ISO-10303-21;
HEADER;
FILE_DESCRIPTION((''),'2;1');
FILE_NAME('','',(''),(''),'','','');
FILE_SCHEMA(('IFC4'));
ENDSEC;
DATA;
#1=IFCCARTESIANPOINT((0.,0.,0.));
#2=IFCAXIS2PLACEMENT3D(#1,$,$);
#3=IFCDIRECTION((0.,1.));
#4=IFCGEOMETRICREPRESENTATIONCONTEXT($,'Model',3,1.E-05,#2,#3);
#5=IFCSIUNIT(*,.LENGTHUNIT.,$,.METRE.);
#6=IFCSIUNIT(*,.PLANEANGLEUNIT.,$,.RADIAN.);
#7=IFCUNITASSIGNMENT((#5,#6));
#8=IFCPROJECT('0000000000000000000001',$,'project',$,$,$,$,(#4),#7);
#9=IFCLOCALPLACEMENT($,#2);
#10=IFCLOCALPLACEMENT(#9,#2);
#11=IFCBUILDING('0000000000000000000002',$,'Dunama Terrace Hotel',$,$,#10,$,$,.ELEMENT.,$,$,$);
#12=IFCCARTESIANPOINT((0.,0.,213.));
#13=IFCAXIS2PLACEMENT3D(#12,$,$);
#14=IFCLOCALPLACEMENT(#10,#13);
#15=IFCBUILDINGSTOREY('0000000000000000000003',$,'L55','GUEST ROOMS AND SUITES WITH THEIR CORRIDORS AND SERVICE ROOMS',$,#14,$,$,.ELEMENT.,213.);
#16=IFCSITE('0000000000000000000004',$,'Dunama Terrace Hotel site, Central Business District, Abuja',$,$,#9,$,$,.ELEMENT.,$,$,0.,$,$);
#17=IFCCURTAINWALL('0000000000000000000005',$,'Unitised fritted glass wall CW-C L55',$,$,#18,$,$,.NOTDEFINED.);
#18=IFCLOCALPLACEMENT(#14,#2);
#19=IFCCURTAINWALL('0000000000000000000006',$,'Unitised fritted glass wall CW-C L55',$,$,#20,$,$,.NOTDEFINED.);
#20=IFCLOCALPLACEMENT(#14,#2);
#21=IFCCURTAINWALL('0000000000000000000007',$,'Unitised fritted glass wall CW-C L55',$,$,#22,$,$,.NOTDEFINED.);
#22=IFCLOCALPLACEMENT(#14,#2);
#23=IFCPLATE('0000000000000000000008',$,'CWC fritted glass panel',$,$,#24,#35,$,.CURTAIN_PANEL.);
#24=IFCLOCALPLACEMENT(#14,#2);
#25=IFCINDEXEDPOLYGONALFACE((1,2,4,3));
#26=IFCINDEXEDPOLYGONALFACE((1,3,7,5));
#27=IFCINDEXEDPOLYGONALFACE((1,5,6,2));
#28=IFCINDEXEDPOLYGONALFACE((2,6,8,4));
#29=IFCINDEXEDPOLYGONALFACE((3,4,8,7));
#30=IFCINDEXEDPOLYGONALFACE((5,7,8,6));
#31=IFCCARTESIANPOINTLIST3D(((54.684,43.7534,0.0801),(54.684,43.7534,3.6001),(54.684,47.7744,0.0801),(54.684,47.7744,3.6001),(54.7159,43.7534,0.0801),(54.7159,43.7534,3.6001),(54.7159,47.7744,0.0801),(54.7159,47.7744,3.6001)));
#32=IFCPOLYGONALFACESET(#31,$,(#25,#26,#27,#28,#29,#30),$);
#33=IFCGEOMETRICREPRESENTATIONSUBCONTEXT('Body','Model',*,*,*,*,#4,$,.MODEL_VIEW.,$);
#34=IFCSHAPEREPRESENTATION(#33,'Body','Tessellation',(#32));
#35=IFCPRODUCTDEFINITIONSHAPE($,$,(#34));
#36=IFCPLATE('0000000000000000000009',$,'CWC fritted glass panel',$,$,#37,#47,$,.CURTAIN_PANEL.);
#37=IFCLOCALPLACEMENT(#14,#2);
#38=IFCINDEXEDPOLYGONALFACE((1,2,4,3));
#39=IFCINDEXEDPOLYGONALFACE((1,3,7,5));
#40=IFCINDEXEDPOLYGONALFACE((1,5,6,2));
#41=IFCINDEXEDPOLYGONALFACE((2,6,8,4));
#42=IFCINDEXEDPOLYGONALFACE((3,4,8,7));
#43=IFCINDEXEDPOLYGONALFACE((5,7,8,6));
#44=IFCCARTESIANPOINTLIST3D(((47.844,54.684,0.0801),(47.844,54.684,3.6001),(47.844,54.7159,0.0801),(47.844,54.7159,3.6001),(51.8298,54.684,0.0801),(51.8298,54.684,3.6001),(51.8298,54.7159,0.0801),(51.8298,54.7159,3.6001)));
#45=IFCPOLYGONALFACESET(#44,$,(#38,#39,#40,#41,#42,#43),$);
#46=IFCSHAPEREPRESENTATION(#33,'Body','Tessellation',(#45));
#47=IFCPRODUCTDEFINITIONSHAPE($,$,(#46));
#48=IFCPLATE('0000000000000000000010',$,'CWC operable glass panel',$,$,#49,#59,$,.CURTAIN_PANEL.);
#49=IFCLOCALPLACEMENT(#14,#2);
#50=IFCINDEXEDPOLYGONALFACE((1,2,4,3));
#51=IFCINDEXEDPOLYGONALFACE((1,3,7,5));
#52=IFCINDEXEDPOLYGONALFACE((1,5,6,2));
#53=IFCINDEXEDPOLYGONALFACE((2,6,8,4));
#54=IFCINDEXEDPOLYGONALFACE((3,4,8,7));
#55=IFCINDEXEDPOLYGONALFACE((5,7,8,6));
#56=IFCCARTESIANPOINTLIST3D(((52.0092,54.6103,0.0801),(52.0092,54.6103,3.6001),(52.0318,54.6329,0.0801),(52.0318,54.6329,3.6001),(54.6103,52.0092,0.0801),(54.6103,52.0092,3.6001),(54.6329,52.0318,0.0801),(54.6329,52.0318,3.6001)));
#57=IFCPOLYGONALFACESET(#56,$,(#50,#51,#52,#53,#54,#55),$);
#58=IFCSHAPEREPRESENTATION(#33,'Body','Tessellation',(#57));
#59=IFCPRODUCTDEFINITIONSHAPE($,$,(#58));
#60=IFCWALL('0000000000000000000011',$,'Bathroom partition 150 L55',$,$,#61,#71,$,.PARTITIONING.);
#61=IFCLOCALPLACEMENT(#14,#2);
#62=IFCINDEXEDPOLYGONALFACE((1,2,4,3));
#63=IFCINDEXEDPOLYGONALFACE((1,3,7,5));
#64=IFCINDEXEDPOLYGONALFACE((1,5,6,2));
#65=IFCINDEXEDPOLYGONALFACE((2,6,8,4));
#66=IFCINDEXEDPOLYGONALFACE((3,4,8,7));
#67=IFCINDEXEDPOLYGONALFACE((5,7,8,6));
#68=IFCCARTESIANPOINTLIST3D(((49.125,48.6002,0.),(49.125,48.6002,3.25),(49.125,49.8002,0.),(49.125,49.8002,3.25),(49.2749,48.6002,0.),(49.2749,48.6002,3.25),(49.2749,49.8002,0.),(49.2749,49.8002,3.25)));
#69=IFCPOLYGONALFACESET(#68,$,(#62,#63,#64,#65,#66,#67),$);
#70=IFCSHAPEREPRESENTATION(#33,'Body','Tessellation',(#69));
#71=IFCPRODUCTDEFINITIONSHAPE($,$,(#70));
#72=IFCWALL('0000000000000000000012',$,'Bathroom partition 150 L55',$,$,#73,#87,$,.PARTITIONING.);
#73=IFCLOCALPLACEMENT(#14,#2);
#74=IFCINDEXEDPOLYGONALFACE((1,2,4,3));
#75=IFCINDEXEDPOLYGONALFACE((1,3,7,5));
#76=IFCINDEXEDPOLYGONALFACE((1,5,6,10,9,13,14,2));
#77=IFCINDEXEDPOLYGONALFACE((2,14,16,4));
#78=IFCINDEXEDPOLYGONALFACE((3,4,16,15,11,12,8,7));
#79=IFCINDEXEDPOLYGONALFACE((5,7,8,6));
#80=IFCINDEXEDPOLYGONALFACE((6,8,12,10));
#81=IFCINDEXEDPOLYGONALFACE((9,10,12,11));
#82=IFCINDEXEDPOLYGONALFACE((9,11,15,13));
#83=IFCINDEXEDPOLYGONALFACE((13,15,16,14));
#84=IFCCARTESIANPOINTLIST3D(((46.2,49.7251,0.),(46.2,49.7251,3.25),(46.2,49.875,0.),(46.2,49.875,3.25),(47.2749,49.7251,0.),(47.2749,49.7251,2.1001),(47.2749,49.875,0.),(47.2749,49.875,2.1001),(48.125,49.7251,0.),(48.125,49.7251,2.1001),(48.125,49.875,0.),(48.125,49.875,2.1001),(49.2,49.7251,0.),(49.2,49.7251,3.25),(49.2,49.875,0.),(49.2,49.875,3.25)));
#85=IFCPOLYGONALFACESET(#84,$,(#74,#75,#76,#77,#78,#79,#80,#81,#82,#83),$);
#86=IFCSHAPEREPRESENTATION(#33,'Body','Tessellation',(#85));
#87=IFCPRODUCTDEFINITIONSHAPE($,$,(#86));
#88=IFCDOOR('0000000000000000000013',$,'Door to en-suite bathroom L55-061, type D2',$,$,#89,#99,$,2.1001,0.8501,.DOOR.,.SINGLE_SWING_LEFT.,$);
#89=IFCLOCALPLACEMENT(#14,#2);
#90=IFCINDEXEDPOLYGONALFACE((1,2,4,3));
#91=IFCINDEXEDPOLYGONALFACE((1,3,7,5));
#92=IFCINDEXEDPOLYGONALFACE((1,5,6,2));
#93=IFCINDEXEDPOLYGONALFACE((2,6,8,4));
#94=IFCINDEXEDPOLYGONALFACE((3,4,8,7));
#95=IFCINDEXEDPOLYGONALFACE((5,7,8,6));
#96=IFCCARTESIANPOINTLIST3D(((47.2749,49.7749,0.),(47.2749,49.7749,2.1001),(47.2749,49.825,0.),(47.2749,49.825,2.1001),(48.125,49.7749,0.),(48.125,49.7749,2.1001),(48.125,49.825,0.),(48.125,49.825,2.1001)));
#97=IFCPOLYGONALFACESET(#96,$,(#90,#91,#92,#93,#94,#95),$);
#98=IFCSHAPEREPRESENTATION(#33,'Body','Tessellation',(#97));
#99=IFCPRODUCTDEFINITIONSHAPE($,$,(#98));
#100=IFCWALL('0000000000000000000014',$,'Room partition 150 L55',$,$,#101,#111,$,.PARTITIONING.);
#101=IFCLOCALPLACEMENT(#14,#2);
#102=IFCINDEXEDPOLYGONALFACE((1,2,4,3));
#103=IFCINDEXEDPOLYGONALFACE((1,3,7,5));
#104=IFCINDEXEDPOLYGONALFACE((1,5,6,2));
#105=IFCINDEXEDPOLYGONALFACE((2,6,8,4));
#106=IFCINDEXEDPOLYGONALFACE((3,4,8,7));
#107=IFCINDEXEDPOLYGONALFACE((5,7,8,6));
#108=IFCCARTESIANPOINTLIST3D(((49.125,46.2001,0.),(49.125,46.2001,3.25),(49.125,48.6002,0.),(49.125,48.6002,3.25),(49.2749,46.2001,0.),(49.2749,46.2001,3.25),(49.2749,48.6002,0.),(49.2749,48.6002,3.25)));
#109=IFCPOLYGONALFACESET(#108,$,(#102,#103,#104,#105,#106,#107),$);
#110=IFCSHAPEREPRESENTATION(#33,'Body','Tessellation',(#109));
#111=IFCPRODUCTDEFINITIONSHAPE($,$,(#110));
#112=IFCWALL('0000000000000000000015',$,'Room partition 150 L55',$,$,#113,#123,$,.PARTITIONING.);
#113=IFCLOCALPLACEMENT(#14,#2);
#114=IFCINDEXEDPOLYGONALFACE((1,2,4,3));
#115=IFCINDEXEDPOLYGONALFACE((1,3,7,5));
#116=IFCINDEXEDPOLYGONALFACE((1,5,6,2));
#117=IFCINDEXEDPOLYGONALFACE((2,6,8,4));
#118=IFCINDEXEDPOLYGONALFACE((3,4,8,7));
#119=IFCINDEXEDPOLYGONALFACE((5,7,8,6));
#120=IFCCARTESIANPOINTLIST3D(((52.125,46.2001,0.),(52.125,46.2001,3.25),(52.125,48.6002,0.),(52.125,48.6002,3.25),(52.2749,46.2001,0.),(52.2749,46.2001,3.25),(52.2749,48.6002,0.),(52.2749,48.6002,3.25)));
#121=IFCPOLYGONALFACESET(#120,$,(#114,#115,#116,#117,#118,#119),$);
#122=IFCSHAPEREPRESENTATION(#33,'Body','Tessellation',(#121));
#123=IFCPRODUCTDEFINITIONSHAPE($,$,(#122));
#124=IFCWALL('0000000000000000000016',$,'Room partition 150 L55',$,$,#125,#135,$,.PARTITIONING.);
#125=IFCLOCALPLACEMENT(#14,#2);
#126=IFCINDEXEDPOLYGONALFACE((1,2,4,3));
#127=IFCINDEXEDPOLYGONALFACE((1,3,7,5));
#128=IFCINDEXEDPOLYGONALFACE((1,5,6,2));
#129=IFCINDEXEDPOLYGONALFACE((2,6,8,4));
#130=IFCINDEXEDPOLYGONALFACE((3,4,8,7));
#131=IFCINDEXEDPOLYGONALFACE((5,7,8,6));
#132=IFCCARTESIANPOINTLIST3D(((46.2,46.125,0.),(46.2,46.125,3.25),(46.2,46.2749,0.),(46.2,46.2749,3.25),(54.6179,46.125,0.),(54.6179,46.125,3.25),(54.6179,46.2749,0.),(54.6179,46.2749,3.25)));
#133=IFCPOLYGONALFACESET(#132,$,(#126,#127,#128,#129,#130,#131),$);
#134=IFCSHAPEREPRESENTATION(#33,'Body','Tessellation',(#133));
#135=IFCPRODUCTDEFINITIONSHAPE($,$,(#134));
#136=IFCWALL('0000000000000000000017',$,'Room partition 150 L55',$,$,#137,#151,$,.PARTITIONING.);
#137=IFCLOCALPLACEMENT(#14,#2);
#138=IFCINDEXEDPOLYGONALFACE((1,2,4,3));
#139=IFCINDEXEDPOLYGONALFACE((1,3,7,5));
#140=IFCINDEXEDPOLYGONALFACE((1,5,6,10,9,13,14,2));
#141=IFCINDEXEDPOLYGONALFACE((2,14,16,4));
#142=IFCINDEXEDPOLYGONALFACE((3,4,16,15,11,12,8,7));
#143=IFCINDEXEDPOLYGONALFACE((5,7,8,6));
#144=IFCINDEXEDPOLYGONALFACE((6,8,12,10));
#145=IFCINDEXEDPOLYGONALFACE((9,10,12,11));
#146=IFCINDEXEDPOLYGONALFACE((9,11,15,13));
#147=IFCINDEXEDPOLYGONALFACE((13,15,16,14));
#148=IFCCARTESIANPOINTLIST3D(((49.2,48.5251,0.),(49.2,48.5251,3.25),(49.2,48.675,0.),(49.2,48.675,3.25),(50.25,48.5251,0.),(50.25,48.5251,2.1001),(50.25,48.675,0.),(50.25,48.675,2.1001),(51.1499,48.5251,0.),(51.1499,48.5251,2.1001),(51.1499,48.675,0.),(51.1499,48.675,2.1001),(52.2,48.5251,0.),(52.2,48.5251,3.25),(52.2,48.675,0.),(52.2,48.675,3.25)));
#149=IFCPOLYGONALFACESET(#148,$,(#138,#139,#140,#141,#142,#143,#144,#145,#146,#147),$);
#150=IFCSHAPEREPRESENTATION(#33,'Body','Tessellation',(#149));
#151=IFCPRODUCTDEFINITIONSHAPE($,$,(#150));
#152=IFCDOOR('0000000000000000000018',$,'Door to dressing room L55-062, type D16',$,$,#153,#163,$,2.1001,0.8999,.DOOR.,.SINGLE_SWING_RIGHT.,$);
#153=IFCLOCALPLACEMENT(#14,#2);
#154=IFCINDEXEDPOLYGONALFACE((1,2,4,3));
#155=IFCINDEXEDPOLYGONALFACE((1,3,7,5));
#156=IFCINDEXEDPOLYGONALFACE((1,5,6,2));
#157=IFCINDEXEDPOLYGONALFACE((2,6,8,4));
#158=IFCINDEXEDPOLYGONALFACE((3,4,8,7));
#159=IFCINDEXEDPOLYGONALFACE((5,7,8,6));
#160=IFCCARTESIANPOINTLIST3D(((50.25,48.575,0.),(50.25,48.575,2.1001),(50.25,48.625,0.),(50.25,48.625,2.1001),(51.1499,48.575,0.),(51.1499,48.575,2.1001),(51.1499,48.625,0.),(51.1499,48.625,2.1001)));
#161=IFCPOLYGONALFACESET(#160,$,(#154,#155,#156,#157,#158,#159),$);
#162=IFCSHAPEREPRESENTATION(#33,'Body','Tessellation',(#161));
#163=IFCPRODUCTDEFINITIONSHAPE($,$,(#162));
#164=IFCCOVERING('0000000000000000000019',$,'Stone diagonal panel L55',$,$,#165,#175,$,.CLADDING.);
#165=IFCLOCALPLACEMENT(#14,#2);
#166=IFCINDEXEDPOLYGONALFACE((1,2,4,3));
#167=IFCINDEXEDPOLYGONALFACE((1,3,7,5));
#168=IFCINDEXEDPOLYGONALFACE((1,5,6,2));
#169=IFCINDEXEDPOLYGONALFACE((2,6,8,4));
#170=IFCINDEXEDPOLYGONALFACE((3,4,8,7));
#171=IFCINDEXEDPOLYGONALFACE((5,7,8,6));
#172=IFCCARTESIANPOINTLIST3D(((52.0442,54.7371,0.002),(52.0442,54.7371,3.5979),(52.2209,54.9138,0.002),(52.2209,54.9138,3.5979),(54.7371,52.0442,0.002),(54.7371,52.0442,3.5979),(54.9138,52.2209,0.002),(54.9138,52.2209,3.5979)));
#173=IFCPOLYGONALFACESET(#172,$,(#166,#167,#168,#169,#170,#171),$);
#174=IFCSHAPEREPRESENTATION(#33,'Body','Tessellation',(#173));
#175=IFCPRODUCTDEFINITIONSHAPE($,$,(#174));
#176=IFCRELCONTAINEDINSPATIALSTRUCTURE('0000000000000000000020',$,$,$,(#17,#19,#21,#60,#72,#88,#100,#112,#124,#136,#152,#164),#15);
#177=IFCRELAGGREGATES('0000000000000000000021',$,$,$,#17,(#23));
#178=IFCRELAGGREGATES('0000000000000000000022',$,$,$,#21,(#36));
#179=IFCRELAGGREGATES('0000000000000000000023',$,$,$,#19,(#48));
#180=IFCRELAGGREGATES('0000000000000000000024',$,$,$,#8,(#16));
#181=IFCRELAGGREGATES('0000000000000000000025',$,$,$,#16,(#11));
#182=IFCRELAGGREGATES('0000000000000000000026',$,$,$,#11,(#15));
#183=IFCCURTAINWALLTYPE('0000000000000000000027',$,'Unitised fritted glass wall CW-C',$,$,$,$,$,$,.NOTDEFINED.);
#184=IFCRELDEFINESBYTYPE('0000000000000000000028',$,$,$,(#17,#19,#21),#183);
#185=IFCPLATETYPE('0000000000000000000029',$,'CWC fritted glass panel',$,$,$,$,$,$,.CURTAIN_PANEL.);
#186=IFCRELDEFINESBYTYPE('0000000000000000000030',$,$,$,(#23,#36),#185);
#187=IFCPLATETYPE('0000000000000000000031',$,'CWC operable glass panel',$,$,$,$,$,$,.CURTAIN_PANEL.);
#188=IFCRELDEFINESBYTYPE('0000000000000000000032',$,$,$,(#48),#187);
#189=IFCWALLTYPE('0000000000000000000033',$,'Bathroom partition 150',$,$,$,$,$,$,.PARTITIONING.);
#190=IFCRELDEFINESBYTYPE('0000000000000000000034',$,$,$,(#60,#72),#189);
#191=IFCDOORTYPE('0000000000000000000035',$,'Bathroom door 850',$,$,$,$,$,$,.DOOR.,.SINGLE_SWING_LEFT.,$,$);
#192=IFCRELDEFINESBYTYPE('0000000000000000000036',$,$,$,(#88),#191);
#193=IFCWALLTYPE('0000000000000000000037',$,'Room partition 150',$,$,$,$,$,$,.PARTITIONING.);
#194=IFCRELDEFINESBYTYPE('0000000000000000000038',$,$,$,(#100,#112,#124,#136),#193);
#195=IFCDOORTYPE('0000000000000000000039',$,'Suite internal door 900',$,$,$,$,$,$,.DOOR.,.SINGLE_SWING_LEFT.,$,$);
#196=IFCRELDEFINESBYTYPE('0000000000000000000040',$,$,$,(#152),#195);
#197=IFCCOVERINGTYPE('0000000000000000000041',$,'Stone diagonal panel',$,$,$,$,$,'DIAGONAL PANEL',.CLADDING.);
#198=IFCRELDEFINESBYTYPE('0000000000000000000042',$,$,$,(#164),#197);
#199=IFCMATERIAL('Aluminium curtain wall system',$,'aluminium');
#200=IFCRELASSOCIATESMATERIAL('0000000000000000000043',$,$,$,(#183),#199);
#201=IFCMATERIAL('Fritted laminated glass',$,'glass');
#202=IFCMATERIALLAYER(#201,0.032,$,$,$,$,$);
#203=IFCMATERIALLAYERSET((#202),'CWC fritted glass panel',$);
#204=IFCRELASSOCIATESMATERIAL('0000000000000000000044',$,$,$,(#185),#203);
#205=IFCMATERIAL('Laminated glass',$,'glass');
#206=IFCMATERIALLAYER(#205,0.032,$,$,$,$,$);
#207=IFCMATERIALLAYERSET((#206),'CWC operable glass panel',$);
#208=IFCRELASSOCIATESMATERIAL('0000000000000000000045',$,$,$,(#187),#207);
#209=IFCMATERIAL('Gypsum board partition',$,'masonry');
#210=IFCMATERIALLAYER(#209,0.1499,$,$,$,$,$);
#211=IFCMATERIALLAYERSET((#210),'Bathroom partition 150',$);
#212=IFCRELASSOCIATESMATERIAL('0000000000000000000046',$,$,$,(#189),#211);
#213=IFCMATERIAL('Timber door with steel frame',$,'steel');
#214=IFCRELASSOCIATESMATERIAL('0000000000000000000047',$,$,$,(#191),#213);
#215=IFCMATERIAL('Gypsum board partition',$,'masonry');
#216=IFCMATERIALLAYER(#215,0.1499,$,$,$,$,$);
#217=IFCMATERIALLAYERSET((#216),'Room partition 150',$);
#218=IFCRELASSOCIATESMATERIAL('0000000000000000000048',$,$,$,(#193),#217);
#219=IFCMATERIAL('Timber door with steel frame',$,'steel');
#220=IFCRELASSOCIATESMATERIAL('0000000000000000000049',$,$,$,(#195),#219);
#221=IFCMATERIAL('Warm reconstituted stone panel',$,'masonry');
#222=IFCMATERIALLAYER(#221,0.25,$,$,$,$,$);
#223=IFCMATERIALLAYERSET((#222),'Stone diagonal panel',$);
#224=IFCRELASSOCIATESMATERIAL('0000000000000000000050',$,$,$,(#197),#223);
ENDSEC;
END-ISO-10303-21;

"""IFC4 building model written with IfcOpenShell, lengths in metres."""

from ifc_helpers import new_model, si_unit, direction, frame, frame_2d, origin, origin_2d, place, context, subcontext, project, spatial, rectangle, extrude, material, layer, layer_set, type_object, element, fill, aggregate, save


model = new_model("IFC4")

# Units and contexts
model_context = context("Model", 3, precision=1e-05, world=origin(), true_north=direction((0.0, 1.0)))
body_context = subcontext(model_context, "Body", "Model", "MODEL_VIEW")
ifc_project = project(units=[si_unit("LENGTHUNIT", "METRE"), si_unit("PLANEANGLEUNIT", "RADIAN")], contexts=[model_context])

# Site, building, storey
site_placement = place(None, origin())
site = spatial("IfcSite", under=ifc_project, at=site_placement, Name="Dunama Terrace Hotel site, Central Business District, Abuja", CompositionType="ELEMENT", RefElevation=0.0)
building_placement = place(site_placement, origin())
building = spatial("IfcBuilding", under=site, at=building_placement, Name="Dunama Terrace Hotel", CompositionType="ELEMENT")
storey_placement = place(building_placement, frame((0.0, 0.0, 213.0)))
storey = spatial("IfcBuildingStorey", under=building, at=storey_placement, Name="L55", Description="GUEST ROOMS AND SUITES WITH THEIR CORRIDORS AND SERVICE ROOMS", CompositionType="ELEMENT", Elevation=213.0)

# Curtain walls
ifc_material_1 = material(Name="Aluminium curtain wall system", Category="aluminium")
curtain_wall_type = type_object("IfcCurtainWallType", Name="Unitised fritted glass wall CW-C", PredefinedType="NOTDEFINED", material=ifc_material_1)
curtain_wall_1_placement = place(storey_placement, origin())
curtain_wall_1 = element("IfcCurtainWall", 1, at=curtain_wall_1_placement, inside=storey, type_object=curtain_wall_type, Name="Unitised fritted glass wall CW-C L55", PredefinedType="NOTDEFINED")
curtain_wall_2_placement = place(storey_placement, origin())
curtain_wall_2 = element("IfcCurtainWall", 2, at=curtain_wall_2_placement, inside=storey, type_object=curtain_wall_type, Name="Unitised fritted glass wall CW-C L55", PredefinedType="NOTDEFINED")
curtain_wall_3_placement = place(storey_placement, origin())
curtain_wall_3 = element("IfcCurtainWall", 3, at=curtain_wall_3_placement, inside=storey, type_object=curtain_wall_type, Name="Unitised fritted glass wall CW-C L55", PredefinedType="NOTDEFINED")

# Plates
ifc_material_2 = material(Name="Fritted laminated glass", Category="glass")
ifc_layer_1 = layer(ifc_material_2, 0.032)
ifc_layer_set_1 = layer_set([ifc_layer_1], Name="CWC fritted glass panel")
plate_type_1 = type_object("IfcPlateType", Name="CWC fritted glass panel", PredefinedType="CURTAIN_PANEL", material=ifc_layer_set_1)
plate_1_placement = place(storey_placement, frame((54.7, 45.7639, 0.0801), z_axis=(0.0, 0.0, 1.0), x_axis=(0.0, 1.0, 0.0)))
plate_1 = element("IfcPlate", 4, at=plate_1_placement, type_object=plate_type_1, Name="CWC fritted glass panel", PredefinedType="CURTAIN_PANEL", context=body_context, shape_type="SweptSolid", body=[
    extrude(rectangle(XDim=4.021, YDim=0.032, at=origin_2d()), origin(), (0.0, 0.0, 1.0), 3.52),
])
aggregate(curtain_wall_1, [plate_1])
plate_2_placement = place(storey_placement, frame((49.8369, 54.7, 0.0801), z_axis=(0.0, 0.0, 1.0), x_axis=(-1.0, 0.0, 0.0)))
plate_2 = element("IfcPlate", 5, at=plate_2_placement, type_object=plate_type_1, Name="CWC fritted glass panel", PredefinedType="CURTAIN_PANEL", context=body_context, shape_type="SweptSolid", body=[
    extrude(rectangle(XDim=3.9858, YDim=0.032, at=origin_2d()), origin(), (0.0, 0.0, 1.0), 3.52),
])
aggregate(curtain_wall_3, [plate_2])
ifc_material_3 = material(Name="Laminated glass", Category="glass")
ifc_layer_2 = layer(ifc_material_3, 0.032)
ifc_layer_set_2 = layer_set([ifc_layer_2], Name="CWC operable glass panel")
plate_type_2 = type_object("IfcPlateType", Name="CWC operable glass panel", PredefinedType="CURTAIN_PANEL", material=ifc_layer_set_2)
plate_3_placement = place(storey_placement, frame((53.321, 53.321, 0.0801), z_axis=(0.0, 0.0, 1.0), x_axis=(-0.707107, 0.707107, 0.0)))
plate_3 = element("IfcPlate", 6, at=plate_3_placement, type_object=plate_type_2, Name="CWC operable glass panel", PredefinedType="CURTAIN_PANEL", context=body_context, shape_type="SweptSolid", body=[
    extrude(rectangle(XDim=3.6785, YDim=0.032, at=origin_2d()), origin(), (0.0, 0.0, 1.0), 3.52),
])
aggregate(curtain_wall_2, [plate_3])

# Wall
ifc_material_4 = material(Name="Gypsum board partition", Category="masonry")
ifc_layer_3 = layer(ifc_material_4, 0.1499)
ifc_layer_set_3 = layer_set([ifc_layer_3], Name="Bathroom partition 150")
wall_type_1 = type_object("IfcWallType", Name="Bathroom partition 150", PredefinedType="PARTITIONING", material=ifc_layer_set_3)
wall_1_placement = place(storey_placement, frame((49.2, 48.6001, 0.0), z_axis=(0.0, 0.0, 1.0), x_axis=(0.0, 1.0, 0.0)))
element("IfcWall", 7, at=wall_1_placement, inside=storey, type_object=wall_type_1, Name="Bathroom partition 150 L55", PredefinedType="PARTITIONING", context=body_context, shape_type="SweptSolid", body=[
    extrude(rectangle(XDim=1.2, YDim=0.1499, at=frame_2d((0.6001, 0.0))), origin(), (0.0, 0.0, 1.0), 3.25),
])

# Wall, opening, door
wall_2_placement = place(storey_placement, frame((46.2, 49.8, 0.0), z_axis=(0.0, 0.0, 1.0), x_axis=(1.0, 0.0, 0.0)))
wall_2 = element("IfcWall", 8, at=wall_2_placement, inside=storey, type_object=wall_type_1, Name="Bathroom partition 150 L55", PredefinedType="PARTITIONING", context=body_context, shape_type="SweptSolid", body=[
    extrude(rectangle(XDim=3.0, YDim=0.1499, at=frame_2d((1.5, 0.0))), origin(), (0.0, 0.0, 1.0), 3.25),
])
opening_1_placement = place(wall_2_placement, frame((1.075, 0.0, 0.0)))
opening_1 = element("IfcOpeningElement", 9, at=opening_1_placement, cuts=wall_2, PredefinedType="OPENING", context=body_context, shape_type="SweptSolid", body=[
    extrude(rectangle(XDim=0.8501, YDim=2.1001, at=frame_2d((0.425, 1.05))), frame((0.0, 0.085, 0.0), z_axis=(0.0, -1.0, 0.0), x_axis=(1.0, 0.0, 0.0)), (0.0, 0.0, 1.0), 0.1699),
])
ifc_material_5 = material(Name="Timber door with steel frame", Category="steel")
door_type_1 = type_object("IfcDoorType", Name="Bathroom door 850", OperationType="SINGLE_SWING_LEFT", PredefinedType="DOOR", material=ifc_material_5)
door_1_placement = place(opening_1_placement, frame((0.8501, 0.0, 0.0), z_axis=(0.0, 0.0, 1.0), x_axis=(-1.0, 0.0, 0.0)))
door_1 = element("IfcDoor", 10, at=door_1_placement, inside=storey, type_object=door_type_1, Name="Door to en-suite bathroom L55-061, type D2", OperationType="SINGLE_SWING_LEFT", OverallHeight=2.1001, OverallWidth=0.8501, PredefinedType="DOOR", context=body_context, shape_type="SweptSolid", body=[
    extrude(rectangle(XDim=0.8501, YDim=2.1001, at=frame_2d((0.425, 1.05))), frame((0.0, 0.0251, 0.0), z_axis=(0.0, -1.0, 0.0), x_axis=(1.0, 0.0, 0.0)), (0.0, 0.0, 1.0), 0.05),
])
fill(opening_1, door_1)

# Walls
ifc_material_6 = material(Name="Gypsum board partition", Category="masonry")
ifc_layer_4 = layer(ifc_material_6, 0.1499)
ifc_layer_set_4 = layer_set([ifc_layer_4], Name="Room partition 150")
wall_type_2 = type_object("IfcWallType", Name="Room partition 150", PredefinedType="PARTITIONING", material=ifc_layer_set_4)
for number, where, z_axis, x_axis, name in (
    (11, (49.2, 46.2, 0.0), (0.0, 0.0, 1.0), (0.0, 1.0, 0.0), "Room partition 150 L55"),
    (12, (52.2, 46.2, 0.0), (0.0, 0.0, 1.0), (0.0, 1.0, 0.0), "Room partition 150 L55"),
):
    element("IfcWall", number, at=place(storey_placement, frame(where, z_axis=z_axis, x_axis=x_axis)), inside=storey, type_object=wall_type_2, Name=name, PredefinedType="PARTITIONING", context=body_context, shape_type="SweptSolid", body=[
        extrude(rectangle(XDim=2.4001, YDim=0.1499, at=frame_2d((1.2002, 0.0))), origin(), (0.0, 0.0, 1.0), 3.25),
    ])
wall_3_placement = place(storey_placement, frame((46.2, 46.2, 0.0), z_axis=(0.0, 0.0, 1.0), x_axis=(1.0, 0.0, 0.0)))
element("IfcWall", 13, at=wall_3_placement, inside=storey, type_object=wall_type_2, Name="Room partition 150 L55", PredefinedType="PARTITIONING", context=body_context, shape_type="SweptSolid", body=[
    extrude(rectangle(XDim=8.418, YDim=0.1499, at=frame_2d((4.209, 0.0))), origin(), (0.0, 0.0, 1.0), 3.25),
])

# Wall, opening, door
wall_4_placement = place(storey_placement, frame((49.2, 48.6001, 0.0), z_axis=(0.0, 0.0, 1.0), x_axis=(1.0, 0.0, 0.0)))
wall_4 = element("IfcWall", 14, at=wall_4_placement, inside=storey, type_object=wall_type_2, Name="Room partition 150 L55", PredefinedType="PARTITIONING", context=body_context, shape_type="SweptSolid", body=[
    extrude(rectangle(XDim=3.0, YDim=0.1499, at=frame_2d((1.5, 0.0))), origin(), (0.0, 0.0, 1.0), 3.25),
])
opening_2_placement = place(wall_4_placement, frame((1.05, 0.0, 0.0)))
opening_2 = element("IfcOpeningElement", 15, at=opening_2_placement, cuts=wall_4, PredefinedType="OPENING", context=body_context, shape_type="SweptSolid", body=[
    extrude(rectangle(XDim=0.8999, YDim=2.1001, at=frame_2d((0.45, 1.05))), frame((0.0, 0.085, 0.0), z_axis=(0.0, -1.0, 0.0), x_axis=(1.0, 0.0, 0.0)), (0.0, 0.0, 1.0), 0.1699),
])
ifc_material_7 = material(Name="Timber door with steel frame", Category="steel")
door_type_2 = type_object("IfcDoorType", Name="Suite internal door 900", OperationType="SINGLE_SWING_LEFT", PredefinedType="DOOR", material=ifc_material_7)
door_2_placement = place(opening_2_placement, frame((0.8999, 0.0, 0.0), z_axis=(0.0, 0.0, 1.0), x_axis=(-1.0, 0.0, 0.0)))
door_2 = element("IfcDoor", 16, at=door_2_placement, inside=storey, type_object=door_type_2, Name="Door to dressing room L55-062, type D16", OperationType="SINGLE_SWING_RIGHT", OverallHeight=2.1001, OverallWidth=0.8999, PredefinedType="DOOR", context=body_context, shape_type="SweptSolid", body=[
    extrude(rectangle(XDim=0.8999, YDim=2.1001, at=frame_2d((0.45, 1.05))), frame((0.0, 0.0251, 0.0), z_axis=(0.0, -1.0, 0.0), x_axis=(1.0, 0.0, 0.0)), (0.0, 0.0, 1.0), 0.05),
])
fill(opening_2, door_2)

# Covering
ifc_material_8 = material(Name="Warm reconstituted stone panel", Category="masonry")
ifc_layer_5 = layer(ifc_material_8, 0.25)
ifc_layer_set_5 = layer_set([ifc_layer_5], Name="Stone diagonal panel")
covering_type = type_object("IfcCoveringType", Name="Stone diagonal panel", ElementType="DIAGONAL PANEL", PredefinedType="CLADDING", material=ifc_layer_set_5)
covering_placement = place(storey_placement, frame((53.479, 53.479, 0.002), z_axis=(0.0, 0.0, 1.0), x_axis=(-0.707107, 0.707107, 0.0)))
element("IfcCovering", 17, at=covering_placement, inside=storey, type_object=covering_type, Name="Stone diagonal panel L55", PredefinedType="CLADDING", context=body_context, shape_type="SweptSolid", body=[
    extrude(rectangle(XDim=3.8083, YDim=0.25, at=origin_2d()), origin(), (0.0, 0.0, 1.0), 3.5959),
])

save(model, "model.ifc")
